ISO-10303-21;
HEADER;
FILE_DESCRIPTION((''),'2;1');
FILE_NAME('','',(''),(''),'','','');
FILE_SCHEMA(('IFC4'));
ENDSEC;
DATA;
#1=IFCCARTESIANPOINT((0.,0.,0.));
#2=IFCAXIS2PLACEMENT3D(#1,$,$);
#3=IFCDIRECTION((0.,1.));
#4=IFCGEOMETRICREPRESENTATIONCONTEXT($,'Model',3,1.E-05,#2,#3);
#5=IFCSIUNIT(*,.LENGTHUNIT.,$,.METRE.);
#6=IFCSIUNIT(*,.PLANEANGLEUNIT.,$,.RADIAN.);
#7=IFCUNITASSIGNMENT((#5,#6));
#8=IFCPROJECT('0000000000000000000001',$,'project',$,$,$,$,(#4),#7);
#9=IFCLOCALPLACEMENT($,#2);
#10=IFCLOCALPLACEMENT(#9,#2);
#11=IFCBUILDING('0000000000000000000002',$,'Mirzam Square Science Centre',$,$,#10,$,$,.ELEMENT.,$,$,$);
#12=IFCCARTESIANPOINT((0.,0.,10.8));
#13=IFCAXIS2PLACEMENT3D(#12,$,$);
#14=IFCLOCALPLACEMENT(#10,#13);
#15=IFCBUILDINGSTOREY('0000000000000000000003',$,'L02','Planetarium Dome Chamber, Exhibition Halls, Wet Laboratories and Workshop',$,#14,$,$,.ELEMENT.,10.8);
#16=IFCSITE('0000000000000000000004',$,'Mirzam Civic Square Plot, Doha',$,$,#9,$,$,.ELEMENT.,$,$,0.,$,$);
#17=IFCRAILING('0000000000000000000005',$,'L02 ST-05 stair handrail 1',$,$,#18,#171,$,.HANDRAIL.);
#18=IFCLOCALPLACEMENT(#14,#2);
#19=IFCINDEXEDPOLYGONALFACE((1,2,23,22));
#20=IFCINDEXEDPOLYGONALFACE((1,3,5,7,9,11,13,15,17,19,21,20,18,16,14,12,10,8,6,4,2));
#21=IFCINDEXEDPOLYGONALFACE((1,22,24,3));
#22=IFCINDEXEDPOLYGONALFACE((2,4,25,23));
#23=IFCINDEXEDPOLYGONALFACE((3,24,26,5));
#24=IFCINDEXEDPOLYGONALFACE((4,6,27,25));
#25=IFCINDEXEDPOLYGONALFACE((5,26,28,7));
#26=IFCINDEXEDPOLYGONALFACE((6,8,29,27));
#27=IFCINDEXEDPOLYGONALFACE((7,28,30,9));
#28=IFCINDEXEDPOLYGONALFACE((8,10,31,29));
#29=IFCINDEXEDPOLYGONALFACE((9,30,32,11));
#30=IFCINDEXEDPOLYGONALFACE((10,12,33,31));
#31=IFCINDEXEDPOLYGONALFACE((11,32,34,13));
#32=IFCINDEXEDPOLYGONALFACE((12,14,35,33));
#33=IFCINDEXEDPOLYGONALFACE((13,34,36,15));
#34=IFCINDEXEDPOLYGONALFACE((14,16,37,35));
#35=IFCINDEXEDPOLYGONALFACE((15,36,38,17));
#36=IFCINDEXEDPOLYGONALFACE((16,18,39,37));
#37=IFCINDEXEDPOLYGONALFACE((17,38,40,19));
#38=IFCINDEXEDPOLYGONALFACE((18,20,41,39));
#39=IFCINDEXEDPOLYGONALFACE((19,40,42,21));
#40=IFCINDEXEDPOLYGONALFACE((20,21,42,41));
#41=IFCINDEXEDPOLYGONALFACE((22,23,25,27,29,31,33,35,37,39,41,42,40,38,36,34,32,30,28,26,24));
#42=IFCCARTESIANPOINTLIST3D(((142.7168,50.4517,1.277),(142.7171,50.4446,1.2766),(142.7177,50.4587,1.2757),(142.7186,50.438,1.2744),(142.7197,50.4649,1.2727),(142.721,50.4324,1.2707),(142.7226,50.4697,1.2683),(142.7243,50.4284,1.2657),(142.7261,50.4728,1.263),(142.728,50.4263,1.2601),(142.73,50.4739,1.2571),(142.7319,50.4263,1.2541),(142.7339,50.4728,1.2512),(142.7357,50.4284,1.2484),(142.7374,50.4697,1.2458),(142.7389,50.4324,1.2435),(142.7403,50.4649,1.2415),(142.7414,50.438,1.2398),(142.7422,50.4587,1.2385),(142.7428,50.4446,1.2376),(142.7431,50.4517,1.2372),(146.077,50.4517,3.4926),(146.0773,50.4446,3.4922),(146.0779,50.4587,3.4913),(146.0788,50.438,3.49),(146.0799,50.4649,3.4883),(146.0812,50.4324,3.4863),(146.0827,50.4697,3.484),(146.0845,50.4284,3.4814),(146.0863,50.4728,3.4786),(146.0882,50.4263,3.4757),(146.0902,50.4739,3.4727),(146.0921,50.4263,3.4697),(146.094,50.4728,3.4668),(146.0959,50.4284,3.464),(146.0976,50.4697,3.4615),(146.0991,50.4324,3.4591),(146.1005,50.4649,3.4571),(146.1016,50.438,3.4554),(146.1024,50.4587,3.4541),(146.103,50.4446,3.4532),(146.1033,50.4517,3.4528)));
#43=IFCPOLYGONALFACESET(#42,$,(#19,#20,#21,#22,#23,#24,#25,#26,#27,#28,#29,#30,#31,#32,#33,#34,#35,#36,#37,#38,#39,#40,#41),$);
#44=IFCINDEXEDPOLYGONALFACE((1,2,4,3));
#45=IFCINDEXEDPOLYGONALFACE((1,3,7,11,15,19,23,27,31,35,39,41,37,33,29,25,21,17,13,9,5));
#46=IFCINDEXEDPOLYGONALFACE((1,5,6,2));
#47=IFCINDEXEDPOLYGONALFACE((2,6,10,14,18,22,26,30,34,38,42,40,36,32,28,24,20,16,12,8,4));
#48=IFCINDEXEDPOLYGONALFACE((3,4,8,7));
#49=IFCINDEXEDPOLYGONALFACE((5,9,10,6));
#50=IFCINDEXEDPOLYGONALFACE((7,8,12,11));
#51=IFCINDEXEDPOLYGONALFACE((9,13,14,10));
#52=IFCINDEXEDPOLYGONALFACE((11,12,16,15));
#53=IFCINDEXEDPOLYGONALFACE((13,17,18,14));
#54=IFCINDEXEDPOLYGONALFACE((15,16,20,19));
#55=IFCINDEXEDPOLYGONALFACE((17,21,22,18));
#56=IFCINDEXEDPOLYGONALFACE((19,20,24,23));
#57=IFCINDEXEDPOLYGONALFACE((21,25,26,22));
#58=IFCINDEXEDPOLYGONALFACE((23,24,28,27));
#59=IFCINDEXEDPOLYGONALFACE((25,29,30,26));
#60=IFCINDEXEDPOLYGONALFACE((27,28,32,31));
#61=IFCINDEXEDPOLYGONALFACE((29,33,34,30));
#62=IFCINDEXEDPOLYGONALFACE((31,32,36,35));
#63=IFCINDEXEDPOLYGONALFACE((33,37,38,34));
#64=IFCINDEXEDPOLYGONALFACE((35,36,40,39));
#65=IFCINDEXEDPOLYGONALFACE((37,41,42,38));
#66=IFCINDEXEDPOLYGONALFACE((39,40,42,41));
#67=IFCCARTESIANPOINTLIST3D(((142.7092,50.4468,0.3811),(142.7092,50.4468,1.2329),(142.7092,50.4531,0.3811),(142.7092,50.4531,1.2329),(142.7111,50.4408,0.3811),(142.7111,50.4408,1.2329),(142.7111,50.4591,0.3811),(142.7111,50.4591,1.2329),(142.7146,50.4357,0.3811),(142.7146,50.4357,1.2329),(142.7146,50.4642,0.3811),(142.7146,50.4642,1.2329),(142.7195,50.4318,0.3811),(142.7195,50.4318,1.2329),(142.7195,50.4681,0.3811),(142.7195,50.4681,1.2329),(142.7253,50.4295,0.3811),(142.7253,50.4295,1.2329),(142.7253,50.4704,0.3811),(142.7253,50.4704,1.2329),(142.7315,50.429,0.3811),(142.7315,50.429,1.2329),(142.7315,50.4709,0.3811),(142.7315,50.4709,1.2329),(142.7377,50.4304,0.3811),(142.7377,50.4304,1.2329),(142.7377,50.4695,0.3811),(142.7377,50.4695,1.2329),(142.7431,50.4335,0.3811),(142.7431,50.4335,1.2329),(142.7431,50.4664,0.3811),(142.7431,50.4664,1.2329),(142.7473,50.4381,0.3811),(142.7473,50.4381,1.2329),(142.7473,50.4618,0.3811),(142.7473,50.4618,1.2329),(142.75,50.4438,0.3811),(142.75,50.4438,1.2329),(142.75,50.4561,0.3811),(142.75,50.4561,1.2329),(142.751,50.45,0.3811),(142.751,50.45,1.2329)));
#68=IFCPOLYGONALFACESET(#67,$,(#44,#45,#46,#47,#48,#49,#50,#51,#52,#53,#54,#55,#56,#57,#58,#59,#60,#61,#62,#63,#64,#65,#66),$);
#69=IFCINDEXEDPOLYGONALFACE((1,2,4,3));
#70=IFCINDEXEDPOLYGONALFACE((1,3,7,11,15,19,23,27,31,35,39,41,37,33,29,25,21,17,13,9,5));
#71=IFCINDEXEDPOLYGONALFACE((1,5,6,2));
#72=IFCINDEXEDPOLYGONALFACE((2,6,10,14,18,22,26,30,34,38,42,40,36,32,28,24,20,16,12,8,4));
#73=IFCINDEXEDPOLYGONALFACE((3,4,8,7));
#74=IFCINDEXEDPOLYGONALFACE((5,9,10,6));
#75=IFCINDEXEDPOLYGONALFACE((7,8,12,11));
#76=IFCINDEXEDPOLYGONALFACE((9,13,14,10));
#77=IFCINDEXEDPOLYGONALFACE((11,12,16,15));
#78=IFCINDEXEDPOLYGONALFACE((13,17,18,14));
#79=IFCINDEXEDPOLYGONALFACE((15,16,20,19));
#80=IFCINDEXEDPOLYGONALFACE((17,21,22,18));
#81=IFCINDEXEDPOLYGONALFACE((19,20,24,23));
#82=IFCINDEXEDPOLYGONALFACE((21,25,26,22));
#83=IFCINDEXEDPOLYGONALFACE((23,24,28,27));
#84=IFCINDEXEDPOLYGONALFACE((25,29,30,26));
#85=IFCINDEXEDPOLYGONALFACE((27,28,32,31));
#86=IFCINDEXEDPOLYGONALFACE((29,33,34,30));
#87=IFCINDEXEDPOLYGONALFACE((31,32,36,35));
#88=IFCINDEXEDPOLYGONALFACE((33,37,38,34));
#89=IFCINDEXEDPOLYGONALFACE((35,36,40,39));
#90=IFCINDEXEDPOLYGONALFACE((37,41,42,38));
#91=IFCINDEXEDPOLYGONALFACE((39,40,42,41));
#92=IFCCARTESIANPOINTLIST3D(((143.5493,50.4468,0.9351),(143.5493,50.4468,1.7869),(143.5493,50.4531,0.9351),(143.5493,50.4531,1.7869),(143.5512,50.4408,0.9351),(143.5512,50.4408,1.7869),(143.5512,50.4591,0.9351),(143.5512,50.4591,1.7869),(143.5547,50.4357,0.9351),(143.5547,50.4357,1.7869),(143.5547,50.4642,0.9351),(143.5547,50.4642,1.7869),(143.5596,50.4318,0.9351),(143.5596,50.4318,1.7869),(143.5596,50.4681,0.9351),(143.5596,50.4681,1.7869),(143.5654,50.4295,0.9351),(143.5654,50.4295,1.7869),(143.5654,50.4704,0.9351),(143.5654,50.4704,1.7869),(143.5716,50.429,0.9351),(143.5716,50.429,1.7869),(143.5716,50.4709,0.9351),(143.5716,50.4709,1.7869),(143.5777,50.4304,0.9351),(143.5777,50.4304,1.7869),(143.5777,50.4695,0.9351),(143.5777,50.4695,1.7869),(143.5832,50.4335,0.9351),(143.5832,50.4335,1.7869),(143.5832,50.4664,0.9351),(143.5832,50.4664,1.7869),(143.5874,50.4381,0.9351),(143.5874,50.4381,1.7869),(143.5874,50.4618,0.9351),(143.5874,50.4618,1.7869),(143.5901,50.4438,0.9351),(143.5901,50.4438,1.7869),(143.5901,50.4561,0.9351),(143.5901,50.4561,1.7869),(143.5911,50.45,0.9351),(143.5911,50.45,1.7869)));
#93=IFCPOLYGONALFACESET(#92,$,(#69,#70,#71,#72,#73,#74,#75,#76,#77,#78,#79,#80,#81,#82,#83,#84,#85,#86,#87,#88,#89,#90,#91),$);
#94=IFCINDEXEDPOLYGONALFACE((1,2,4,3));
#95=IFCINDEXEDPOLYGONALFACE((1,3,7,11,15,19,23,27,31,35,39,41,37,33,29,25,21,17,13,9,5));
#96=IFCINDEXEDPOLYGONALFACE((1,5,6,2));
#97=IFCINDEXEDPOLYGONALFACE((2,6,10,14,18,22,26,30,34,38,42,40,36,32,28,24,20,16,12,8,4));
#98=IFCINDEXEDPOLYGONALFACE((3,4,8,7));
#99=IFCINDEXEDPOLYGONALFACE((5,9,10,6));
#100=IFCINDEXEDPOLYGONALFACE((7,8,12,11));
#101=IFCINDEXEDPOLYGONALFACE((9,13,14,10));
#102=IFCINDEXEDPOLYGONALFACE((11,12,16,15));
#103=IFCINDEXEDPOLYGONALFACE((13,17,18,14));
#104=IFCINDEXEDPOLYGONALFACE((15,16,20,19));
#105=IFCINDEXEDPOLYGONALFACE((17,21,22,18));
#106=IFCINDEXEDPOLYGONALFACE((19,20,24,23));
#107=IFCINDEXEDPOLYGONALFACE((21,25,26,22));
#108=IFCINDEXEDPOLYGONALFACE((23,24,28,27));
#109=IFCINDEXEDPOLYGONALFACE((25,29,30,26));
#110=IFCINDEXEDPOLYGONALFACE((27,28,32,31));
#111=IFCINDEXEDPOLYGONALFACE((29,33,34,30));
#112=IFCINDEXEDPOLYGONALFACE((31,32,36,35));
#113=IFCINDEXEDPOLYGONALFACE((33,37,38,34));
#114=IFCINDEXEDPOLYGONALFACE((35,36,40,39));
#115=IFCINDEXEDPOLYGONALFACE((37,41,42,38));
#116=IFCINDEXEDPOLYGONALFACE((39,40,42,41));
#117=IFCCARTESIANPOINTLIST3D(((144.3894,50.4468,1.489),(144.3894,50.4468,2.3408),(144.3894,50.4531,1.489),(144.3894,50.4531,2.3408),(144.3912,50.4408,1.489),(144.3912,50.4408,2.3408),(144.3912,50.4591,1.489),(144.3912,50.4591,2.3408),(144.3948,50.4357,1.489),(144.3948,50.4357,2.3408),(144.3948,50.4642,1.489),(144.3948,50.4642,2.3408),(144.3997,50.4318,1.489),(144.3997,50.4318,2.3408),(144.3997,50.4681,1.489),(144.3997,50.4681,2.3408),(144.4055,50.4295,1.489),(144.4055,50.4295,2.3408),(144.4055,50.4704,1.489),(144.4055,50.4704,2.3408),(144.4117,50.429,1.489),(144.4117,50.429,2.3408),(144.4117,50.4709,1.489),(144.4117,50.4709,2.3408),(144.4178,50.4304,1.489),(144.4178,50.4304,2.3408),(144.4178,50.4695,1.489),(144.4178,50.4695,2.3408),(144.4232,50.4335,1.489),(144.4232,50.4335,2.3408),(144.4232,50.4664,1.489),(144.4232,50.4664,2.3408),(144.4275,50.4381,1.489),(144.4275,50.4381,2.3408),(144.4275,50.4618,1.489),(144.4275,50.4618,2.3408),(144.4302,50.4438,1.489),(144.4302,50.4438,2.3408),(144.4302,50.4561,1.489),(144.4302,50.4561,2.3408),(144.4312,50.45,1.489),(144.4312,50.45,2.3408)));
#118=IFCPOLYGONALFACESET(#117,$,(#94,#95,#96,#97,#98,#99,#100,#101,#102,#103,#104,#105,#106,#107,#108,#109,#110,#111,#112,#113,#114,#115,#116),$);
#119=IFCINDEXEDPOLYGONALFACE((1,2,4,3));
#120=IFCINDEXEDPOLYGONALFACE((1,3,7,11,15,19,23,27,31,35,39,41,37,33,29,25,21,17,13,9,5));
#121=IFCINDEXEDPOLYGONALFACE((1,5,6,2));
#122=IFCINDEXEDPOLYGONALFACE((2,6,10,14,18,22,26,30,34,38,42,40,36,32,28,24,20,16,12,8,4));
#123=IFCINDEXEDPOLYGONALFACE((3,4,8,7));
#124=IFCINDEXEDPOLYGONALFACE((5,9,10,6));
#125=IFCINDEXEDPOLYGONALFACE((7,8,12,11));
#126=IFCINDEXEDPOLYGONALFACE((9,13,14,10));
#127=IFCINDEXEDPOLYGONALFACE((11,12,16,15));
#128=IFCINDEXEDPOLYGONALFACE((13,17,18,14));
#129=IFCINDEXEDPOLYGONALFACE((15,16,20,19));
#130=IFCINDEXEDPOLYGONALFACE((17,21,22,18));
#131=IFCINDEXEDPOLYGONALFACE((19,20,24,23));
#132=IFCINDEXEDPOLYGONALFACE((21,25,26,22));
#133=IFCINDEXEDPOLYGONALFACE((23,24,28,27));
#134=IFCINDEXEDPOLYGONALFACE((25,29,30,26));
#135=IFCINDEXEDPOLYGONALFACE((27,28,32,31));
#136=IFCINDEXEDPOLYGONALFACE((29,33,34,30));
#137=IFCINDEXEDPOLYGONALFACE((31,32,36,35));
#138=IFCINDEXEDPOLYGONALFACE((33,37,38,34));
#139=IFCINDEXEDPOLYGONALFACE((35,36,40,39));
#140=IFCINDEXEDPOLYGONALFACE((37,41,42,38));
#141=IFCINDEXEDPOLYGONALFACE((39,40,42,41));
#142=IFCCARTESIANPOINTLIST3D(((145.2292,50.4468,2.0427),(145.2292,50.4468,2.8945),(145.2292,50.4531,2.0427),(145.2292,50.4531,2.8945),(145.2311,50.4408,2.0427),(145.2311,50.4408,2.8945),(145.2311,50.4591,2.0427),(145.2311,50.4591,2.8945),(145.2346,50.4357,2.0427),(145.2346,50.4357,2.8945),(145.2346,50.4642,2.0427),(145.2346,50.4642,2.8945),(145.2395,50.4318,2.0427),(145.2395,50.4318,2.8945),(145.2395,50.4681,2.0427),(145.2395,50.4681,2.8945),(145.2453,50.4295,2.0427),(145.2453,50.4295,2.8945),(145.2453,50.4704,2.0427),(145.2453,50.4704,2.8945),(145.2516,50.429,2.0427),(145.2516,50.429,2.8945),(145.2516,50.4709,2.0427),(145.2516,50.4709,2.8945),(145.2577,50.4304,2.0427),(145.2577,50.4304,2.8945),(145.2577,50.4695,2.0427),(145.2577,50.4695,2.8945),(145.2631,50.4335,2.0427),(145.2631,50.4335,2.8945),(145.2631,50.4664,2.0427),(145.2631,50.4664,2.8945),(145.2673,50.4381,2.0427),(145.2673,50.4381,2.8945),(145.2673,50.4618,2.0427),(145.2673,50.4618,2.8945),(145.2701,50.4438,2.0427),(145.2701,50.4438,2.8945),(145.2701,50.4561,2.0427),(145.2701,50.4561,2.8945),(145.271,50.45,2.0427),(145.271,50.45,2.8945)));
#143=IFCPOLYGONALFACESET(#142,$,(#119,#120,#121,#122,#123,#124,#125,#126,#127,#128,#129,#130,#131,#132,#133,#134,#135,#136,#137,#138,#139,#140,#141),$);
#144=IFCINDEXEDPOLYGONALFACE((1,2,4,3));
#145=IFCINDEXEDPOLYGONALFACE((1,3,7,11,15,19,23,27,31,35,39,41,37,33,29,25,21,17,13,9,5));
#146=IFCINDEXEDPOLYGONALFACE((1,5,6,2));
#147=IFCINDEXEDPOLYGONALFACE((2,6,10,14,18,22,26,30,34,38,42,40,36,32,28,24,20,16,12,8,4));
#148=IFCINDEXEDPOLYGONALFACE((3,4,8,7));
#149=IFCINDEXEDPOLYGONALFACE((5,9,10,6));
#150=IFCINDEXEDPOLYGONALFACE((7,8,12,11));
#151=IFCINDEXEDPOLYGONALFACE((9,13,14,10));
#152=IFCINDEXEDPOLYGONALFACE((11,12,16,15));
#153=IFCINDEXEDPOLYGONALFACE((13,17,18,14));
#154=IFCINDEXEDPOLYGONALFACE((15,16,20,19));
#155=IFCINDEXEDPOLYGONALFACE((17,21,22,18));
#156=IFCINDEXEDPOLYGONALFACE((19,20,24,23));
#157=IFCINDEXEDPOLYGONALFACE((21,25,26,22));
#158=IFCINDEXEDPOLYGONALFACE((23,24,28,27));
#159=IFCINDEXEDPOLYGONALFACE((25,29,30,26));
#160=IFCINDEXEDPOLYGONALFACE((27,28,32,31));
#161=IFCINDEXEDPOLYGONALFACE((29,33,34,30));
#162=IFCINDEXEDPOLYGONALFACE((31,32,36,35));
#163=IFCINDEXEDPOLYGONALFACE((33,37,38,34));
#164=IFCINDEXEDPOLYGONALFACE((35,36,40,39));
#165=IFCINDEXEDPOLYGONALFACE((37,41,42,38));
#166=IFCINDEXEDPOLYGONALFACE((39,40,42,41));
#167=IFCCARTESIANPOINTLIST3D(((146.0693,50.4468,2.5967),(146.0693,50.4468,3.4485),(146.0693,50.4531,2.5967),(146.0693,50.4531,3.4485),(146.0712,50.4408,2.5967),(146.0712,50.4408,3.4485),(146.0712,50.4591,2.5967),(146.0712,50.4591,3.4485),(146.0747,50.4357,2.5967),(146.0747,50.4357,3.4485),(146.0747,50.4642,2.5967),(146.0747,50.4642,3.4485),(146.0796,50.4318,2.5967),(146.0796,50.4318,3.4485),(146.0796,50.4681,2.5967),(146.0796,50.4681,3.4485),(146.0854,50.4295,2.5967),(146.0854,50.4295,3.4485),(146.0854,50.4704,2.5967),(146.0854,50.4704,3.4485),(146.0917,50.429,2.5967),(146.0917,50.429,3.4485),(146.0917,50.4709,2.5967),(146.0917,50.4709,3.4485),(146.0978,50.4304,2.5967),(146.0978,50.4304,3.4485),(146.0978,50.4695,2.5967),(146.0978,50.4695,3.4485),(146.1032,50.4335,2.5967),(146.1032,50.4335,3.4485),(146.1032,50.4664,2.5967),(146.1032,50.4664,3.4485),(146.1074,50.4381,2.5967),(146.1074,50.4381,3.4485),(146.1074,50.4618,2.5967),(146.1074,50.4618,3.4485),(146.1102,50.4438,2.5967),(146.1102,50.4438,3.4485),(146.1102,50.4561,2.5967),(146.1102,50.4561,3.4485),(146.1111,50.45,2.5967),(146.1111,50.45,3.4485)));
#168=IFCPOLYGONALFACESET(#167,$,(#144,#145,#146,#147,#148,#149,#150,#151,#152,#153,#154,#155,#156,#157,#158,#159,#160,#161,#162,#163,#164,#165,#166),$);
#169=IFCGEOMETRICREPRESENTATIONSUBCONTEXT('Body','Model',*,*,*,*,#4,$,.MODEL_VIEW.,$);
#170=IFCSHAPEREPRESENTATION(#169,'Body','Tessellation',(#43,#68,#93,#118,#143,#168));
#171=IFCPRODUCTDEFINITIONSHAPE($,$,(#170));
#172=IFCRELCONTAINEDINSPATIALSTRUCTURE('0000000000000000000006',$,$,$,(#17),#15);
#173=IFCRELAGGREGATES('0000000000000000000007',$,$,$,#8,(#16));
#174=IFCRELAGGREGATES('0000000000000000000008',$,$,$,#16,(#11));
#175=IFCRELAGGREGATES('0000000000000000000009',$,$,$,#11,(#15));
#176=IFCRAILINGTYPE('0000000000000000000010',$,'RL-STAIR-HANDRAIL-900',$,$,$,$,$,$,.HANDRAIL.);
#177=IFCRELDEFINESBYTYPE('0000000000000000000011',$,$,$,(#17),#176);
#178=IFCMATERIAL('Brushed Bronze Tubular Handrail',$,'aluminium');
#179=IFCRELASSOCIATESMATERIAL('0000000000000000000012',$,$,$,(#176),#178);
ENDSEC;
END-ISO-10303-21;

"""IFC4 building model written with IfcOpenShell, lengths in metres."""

from ifc_helpers import new_model, si_unit, direction, frame, origin, origin_2d, place, context, subcontext, project, spatial, circle, extrude, material, type_object, element, save


model = new_model("IFC4")

# Units and contexts
model_context = context("Model", 3, precision=1e-05, world=origin(), true_north=direction((0.0, 1.0)))
body_context = subcontext(model_context, "Body", "Model", "MODEL_VIEW")
ifc_project = project(units=[si_unit("LENGTHUNIT", "METRE"), si_unit("PLANEANGLEUNIT", "RADIAN")], contexts=[model_context])

# Site, building, storey
site_placement = place(None, origin())
site = spatial("IfcSite", under=ifc_project, at=site_placement, Name="Mirzam Civic Square Plot, Doha", CompositionType="ELEMENT", RefElevation=0.0)
building_placement = place(site_placement, origin())
building = spatial("IfcBuilding", under=site, at=building_placement, Name="Mirzam Square Science Centre", CompositionType="ELEMENT")
storey_placement = place(building_placement, frame((0.0, 0.0, 10.8)))
storey = spatial("IfcBuildingStorey", under=building, at=storey_placement, Name="L02", Description="Planetarium Dome Chamber, Exhibition Halls, Wet Laboratories and Workshop", CompositionType="ELEMENT", Elevation=10.8)

# Railing
ifc_material_1 = material(Name="Brushed Bronze Tubular Handrail", Category="aluminium")
railing_type_1 = type_object("IfcRailingType", Name="RL-STAIR-HANDRAIL-900", PredefinedType="HANDRAIL", material=ifc_material_1)
railing_1_placement = place(storey_placement, frame((142.73, 50.45, 0.3811)))
element("IfcRailing", 1, at=railing_1_placement, inside=storey, type_object=railing_type_1, Name="L02 ST-05 stair handrail 1", PredefinedType="HANDRAIL", context=body_context, shape_type="SweptSolid", body=[
    extrude(circle(Radius=0.0239, at=origin_2d()), frame((0.0, 0.0, 0.876), z_axis=(0.834849, 0.0, 0.55048), x_axis=(0.0, 1.0, 0.0)), (0.0, 0.0, 1.0), 4.0249),
    extrude(circle(Radius=0.021, at=origin_2d()), origin(), (0.0, 0.0, 1.0), 0.8518),
    extrude(circle(Radius=0.021, at=origin_2d()), frame((0.8401, 0.0, 0.554)), (0.0, 0.0, 1.0), 0.8518),
    extrude(circle(Radius=0.021, at=origin_2d()), frame((1.6802, 0.0, 1.1079)), (0.0, 0.0, 1.0), 0.8518),
    extrude(circle(Radius=0.021, at=origin_2d()), frame((2.52, 0.0, 1.6616)), (0.0, 0.0, 1.0), 0.8518),
    extrude(circle(Radius=0.021, at=origin_2d()), frame((3.3601, 0.0, 2.2156)), (0.0, 0.0, 1.0), 0.8518),
])

save(model, "model.ifc")
